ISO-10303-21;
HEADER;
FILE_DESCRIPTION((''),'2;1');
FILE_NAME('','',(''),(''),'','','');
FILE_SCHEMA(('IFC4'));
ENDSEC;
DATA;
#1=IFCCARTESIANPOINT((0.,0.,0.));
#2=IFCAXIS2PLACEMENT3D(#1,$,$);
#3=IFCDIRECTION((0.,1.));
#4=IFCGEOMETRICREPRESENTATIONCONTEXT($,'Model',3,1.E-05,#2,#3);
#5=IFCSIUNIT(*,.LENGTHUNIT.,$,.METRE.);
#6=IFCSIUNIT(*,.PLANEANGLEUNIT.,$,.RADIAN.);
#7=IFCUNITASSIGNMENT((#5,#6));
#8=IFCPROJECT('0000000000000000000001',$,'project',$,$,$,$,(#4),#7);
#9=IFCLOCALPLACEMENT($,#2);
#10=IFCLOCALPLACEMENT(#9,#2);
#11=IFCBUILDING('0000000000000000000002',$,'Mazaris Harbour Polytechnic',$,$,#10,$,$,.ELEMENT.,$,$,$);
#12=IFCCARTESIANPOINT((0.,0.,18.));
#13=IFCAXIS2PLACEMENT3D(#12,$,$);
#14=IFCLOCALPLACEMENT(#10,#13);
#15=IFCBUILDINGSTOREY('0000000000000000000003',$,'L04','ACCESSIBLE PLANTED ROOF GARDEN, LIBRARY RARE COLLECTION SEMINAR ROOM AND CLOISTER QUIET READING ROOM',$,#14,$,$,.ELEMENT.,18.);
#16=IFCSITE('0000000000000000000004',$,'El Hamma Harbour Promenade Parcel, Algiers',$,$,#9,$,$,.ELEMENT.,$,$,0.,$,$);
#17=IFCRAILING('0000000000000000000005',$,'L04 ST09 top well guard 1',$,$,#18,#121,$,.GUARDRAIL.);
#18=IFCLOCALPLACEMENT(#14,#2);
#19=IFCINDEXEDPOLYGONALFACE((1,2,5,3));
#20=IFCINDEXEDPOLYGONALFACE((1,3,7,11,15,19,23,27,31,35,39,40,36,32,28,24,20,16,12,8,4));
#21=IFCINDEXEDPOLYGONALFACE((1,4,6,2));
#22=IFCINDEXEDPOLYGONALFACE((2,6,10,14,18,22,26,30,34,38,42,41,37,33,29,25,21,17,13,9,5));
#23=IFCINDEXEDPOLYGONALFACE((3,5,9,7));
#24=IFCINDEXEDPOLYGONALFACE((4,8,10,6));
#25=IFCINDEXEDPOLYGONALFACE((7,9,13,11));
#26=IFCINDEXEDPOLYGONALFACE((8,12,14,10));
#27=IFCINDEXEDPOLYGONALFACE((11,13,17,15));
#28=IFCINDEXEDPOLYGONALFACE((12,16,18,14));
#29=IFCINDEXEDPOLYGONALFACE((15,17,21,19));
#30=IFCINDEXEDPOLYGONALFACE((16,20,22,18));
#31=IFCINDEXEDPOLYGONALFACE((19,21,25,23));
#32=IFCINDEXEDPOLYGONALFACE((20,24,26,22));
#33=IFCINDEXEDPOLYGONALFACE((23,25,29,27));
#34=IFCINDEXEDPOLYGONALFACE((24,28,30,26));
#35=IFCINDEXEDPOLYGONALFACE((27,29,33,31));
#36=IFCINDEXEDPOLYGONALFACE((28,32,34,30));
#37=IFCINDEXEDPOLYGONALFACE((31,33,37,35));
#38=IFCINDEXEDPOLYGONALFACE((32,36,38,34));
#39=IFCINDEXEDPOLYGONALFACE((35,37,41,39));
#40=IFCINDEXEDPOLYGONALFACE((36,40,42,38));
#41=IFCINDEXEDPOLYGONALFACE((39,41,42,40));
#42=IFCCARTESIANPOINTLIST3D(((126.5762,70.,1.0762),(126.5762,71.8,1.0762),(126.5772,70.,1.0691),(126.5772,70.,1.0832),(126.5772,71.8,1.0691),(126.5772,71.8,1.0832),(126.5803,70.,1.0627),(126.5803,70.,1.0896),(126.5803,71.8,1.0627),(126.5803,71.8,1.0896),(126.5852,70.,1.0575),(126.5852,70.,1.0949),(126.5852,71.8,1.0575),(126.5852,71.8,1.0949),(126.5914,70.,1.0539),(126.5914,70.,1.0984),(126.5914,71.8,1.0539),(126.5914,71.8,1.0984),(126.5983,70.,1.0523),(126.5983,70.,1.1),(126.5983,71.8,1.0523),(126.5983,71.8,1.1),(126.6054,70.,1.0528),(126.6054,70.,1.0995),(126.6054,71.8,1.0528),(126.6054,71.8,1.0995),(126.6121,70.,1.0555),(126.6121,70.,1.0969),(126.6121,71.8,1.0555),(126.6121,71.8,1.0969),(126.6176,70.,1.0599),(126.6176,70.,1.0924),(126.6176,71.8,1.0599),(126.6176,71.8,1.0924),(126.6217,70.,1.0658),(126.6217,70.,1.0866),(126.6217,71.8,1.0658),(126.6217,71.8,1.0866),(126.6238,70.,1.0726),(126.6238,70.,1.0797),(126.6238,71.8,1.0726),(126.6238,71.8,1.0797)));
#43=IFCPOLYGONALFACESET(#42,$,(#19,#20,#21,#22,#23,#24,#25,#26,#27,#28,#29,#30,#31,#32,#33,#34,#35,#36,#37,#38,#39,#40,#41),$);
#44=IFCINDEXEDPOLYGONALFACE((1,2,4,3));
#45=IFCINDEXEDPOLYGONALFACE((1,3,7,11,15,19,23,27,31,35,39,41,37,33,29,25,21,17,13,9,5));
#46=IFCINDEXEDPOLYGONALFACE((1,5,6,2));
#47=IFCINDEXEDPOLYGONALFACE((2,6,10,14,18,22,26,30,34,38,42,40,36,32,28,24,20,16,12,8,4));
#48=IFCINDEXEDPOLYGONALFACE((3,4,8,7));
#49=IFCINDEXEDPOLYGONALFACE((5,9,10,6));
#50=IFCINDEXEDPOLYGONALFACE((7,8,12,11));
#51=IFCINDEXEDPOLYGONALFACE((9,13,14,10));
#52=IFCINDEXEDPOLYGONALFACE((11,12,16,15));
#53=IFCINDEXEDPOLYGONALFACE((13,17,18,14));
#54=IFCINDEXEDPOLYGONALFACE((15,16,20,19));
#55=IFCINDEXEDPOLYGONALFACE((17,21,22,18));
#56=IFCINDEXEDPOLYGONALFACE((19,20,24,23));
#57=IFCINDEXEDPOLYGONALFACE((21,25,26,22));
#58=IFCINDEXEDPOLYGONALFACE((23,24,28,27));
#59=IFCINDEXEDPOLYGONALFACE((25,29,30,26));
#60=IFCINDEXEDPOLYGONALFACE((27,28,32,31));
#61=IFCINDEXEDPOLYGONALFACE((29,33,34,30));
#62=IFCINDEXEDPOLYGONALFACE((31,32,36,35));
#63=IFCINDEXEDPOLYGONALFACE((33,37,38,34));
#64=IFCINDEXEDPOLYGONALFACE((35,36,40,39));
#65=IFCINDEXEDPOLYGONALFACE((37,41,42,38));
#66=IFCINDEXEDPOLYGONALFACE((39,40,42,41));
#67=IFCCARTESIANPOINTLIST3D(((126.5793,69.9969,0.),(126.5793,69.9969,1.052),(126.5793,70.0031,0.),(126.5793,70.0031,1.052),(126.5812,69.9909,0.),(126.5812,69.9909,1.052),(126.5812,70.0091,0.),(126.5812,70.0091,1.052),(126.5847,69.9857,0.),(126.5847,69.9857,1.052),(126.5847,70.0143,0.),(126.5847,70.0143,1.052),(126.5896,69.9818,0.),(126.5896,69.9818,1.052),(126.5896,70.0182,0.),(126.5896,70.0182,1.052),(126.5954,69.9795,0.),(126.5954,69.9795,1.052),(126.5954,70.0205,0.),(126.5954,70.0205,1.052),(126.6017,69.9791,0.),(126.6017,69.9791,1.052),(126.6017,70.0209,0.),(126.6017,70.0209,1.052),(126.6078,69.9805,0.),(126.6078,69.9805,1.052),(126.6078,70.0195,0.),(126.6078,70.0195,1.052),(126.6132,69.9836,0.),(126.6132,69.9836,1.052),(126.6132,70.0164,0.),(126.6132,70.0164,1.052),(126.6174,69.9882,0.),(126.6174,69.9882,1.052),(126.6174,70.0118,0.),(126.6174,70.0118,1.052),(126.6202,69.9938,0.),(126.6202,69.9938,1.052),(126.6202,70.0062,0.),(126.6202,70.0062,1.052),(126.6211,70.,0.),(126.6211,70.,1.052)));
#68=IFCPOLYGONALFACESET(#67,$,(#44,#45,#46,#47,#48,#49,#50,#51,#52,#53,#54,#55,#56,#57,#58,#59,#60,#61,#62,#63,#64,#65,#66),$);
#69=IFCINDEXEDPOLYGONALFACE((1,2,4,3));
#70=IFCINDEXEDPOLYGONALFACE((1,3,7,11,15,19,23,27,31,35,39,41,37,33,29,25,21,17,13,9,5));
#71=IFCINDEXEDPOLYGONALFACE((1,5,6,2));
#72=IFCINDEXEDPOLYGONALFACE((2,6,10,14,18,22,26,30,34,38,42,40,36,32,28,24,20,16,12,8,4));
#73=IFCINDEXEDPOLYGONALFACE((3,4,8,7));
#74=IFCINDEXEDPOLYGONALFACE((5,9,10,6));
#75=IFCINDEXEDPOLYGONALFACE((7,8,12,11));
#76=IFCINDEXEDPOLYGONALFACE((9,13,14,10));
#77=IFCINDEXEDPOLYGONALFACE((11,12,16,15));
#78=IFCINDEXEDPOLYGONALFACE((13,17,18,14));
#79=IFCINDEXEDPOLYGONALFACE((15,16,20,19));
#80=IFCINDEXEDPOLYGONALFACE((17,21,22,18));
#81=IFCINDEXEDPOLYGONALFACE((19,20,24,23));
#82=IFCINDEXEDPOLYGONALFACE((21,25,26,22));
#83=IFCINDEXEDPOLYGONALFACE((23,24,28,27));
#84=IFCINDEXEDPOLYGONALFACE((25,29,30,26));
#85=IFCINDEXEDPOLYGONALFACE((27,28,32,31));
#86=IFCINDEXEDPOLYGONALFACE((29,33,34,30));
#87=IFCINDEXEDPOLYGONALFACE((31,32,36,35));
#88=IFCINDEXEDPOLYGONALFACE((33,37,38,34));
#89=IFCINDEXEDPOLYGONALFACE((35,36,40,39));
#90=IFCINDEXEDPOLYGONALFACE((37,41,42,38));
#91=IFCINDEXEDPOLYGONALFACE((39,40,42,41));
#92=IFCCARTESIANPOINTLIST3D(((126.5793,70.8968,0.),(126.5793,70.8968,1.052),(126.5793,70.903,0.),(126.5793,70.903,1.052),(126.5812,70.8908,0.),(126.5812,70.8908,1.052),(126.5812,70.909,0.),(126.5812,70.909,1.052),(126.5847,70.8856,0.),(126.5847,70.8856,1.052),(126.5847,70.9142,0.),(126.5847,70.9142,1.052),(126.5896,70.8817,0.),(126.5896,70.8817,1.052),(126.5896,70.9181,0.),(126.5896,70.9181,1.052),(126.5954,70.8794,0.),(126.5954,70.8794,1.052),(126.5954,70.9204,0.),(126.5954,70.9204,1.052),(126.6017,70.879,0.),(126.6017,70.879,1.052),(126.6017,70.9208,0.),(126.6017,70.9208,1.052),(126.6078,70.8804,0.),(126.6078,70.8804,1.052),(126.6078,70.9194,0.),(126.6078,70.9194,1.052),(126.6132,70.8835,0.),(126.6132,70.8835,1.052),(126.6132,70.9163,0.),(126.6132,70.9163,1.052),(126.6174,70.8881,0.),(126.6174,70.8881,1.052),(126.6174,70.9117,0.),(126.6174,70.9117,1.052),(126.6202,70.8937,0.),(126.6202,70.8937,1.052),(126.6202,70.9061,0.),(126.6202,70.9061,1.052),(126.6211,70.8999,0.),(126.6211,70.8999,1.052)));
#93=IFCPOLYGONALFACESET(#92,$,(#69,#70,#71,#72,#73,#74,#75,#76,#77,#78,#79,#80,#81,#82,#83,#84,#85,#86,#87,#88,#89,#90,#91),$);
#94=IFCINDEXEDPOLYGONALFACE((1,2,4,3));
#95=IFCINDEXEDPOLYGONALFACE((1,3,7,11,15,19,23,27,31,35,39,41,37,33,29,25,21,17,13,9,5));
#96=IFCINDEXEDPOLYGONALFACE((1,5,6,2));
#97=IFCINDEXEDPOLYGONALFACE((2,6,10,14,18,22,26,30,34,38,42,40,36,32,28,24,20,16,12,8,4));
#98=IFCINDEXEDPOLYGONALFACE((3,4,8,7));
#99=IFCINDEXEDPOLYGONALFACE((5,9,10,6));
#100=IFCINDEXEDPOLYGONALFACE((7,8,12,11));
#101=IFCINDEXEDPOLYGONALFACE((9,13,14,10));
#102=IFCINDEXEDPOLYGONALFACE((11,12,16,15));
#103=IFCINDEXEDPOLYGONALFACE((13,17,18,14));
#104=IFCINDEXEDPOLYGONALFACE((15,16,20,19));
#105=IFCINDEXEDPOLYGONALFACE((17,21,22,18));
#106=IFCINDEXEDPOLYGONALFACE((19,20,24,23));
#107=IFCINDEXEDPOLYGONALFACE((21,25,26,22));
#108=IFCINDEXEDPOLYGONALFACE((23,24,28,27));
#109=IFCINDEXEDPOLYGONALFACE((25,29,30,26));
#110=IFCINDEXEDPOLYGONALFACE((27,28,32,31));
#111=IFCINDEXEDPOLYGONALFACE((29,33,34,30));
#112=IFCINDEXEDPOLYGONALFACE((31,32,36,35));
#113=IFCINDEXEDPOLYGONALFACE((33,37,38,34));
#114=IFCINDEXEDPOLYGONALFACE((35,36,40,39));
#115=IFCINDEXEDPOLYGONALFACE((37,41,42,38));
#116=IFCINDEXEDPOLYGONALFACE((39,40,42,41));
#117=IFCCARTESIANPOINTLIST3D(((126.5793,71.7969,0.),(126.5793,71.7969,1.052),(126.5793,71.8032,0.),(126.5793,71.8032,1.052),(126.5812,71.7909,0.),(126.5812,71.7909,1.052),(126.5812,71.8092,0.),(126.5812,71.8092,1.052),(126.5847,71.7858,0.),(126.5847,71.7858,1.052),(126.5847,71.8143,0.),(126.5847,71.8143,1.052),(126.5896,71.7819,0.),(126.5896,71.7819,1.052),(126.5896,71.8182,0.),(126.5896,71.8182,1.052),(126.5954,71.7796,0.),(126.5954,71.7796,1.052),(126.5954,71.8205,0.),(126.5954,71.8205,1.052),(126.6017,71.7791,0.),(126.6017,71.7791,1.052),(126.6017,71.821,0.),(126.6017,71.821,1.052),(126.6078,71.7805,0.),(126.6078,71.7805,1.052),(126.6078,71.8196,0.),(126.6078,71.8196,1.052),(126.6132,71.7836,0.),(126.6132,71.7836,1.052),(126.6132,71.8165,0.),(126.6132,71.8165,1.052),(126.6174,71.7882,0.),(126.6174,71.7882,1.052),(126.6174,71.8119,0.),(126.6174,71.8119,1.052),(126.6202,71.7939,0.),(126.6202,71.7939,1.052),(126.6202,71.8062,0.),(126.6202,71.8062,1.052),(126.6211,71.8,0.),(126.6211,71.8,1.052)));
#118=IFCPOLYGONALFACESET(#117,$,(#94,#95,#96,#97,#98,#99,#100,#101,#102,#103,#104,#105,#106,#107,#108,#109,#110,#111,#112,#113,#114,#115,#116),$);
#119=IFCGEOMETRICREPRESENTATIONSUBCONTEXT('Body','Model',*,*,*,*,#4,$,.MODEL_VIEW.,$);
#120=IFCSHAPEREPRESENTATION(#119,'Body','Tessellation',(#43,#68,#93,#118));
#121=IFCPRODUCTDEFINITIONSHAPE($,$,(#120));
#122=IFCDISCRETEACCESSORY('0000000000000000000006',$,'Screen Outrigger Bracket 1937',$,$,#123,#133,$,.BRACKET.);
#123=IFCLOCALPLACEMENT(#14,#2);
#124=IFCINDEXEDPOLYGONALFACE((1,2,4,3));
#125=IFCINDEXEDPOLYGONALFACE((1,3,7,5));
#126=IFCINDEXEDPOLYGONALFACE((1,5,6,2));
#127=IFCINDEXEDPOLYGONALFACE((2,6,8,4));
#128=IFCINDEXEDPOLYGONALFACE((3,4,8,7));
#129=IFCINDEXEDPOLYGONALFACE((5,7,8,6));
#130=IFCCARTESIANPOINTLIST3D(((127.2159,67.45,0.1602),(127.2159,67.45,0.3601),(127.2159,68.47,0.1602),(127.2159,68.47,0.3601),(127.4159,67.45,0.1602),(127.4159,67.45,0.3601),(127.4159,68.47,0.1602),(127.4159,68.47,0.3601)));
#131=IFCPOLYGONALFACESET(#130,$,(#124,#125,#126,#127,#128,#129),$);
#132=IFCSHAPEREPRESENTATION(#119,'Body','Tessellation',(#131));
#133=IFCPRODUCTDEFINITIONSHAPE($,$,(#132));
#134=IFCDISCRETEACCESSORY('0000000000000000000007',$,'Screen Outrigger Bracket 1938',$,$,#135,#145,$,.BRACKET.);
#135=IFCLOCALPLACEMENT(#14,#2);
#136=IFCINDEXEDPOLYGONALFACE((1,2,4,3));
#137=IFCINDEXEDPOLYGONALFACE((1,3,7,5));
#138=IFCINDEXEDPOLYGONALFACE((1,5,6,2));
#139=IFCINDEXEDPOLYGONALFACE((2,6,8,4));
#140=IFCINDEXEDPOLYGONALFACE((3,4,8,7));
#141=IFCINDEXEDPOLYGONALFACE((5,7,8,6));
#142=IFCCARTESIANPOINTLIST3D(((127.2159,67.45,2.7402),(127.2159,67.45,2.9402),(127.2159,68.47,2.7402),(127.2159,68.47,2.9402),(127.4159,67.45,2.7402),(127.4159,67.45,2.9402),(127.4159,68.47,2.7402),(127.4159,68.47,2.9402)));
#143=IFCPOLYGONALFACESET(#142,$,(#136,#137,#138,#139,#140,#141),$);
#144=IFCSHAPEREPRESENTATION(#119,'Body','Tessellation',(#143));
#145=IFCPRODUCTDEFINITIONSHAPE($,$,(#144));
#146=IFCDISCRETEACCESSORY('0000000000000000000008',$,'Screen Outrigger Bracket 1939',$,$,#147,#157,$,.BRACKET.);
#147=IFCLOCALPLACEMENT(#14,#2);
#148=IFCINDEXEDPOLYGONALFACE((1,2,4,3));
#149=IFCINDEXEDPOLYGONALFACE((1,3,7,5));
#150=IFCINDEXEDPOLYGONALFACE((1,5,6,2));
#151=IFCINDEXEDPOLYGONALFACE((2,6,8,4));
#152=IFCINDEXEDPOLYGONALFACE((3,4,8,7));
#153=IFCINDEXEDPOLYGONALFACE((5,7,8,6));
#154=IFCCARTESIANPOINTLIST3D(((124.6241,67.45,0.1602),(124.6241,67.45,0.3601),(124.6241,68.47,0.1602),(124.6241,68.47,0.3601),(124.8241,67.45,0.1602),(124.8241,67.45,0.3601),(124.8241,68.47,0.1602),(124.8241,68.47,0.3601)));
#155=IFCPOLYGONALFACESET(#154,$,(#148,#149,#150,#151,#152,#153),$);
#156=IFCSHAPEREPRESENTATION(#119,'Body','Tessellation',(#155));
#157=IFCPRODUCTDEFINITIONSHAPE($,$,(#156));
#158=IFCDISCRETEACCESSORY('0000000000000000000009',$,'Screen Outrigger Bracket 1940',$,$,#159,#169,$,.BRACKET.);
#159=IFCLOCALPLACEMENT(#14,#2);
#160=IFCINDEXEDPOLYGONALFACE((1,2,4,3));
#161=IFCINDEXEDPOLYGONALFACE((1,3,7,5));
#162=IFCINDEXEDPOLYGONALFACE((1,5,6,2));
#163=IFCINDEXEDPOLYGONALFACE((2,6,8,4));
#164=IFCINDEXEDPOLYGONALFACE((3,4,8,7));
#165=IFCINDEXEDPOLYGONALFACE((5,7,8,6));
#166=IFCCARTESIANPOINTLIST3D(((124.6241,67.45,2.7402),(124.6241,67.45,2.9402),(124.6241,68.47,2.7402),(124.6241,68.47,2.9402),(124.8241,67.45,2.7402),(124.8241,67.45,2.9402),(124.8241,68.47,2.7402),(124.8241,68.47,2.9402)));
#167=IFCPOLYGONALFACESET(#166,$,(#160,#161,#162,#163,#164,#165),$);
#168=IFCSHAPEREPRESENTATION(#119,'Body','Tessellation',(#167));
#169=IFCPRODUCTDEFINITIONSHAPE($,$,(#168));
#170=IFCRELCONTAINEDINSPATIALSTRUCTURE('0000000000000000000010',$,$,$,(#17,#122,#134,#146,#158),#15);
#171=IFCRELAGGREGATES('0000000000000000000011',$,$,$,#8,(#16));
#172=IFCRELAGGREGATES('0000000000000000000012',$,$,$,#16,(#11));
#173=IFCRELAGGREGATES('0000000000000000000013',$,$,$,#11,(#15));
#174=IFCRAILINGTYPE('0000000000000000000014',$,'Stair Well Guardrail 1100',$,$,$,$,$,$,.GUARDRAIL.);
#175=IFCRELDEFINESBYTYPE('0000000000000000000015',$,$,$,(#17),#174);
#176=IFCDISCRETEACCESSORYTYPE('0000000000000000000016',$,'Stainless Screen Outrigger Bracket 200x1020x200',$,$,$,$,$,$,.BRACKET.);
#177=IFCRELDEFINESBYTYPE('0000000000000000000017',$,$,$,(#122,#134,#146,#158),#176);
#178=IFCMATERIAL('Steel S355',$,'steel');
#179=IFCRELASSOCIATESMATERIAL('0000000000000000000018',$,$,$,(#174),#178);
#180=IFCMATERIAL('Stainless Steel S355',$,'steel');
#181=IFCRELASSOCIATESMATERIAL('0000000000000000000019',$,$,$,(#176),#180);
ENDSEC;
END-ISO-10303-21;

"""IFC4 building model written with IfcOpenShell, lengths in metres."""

from ifc_helpers import new_model, si_unit, direction, frame, origin, origin_2d, place, context, subcontext, project, spatial, rectangle, circle, extrude, material, type_object, element, save


model = new_model("IFC4")

# Units and contexts
model_context = context("Model", 3, precision=1e-05, world=origin(), true_north=direction((0.0, 1.0)))
body_context = subcontext(model_context, "Body", "Model", "MODEL_VIEW")
ifc_project = project(units=[si_unit("LENGTHUNIT", "METRE"), si_unit("PLANEANGLEUNIT", "RADIAN")], contexts=[model_context])

# Site, building, storey
site_placement = place(None, origin())
site = spatial("IfcSite", under=ifc_project, at=site_placement, Name="El Hamma Harbour Promenade Parcel, Algiers", CompositionType="ELEMENT", RefElevation=0.0)
building_placement = place(site_placement, origin())
building = spatial("IfcBuilding", under=site, at=building_placement, Name="Mazaris Harbour Polytechnic", CompositionType="ELEMENT")
storey_placement = place(building_placement, frame((0.0, 0.0, 18.0)))
storey = spatial("IfcBuildingStorey", under=building, at=storey_placement, Name="L04", Description="ACCESSIBLE PLANTED ROOF GARDEN, LIBRARY RARE COLLECTION SEMINAR ROOM AND CLOISTER QUIET READING ROOM", CompositionType="ELEMENT", Elevation=18.0)

# Railing
ifc_material_1 = material(Name="Steel S355", Category="steel")
railing_type_1 = type_object("IfcRailingType", Name="Stair Well Guardrail 1100", PredefinedType="GUARDRAIL", material=ifc_material_1)
railing_1_placement = place(storey_placement, frame((126.6001, 70.0, 0.0)))
element("IfcRailing", 1, at=railing_1_placement, inside=storey, type_object=railing_type_1, Name="L04 ST09 top well guard 1", PredefinedType="GUARDRAIL", context=body_context, shape_type="SweptSolid", body=[
    extrude(circle(Radius=0.0239, at=origin_2d()), frame((0.0, 0.0, 1.0762), z_axis=(0.0, 1.0, 0.0), x_axis=(-1.0, 0.0, 0.0)), (0.0, 0.0, 1.0), 1.8),
    extrude(circle(Radius=0.021, at=origin_2d()), origin(), (0.0, 0.0, 1.0), 1.052),
    extrude(circle(Radius=0.021, at=origin_2d()), frame((0.0, 0.8999, 0.0)), (0.0, 0.0, 1.0), 1.052),
    extrude(circle(Radius=0.021, at=origin_2d()), frame((0.0, 1.8, 0.0)), (0.0, 0.0, 1.0), 1.052),
])

# Discrete accessories
ifc_material_2 = material(Name="Stainless Steel S355", Category="steel")
discrete_accessory_type = type_object("IfcDiscreteAccessoryType", Name="Stainless Screen Outrigger Bracket 200x1020x200", PredefinedType="BRACKET", material=ifc_material_2)
for number, where, z_axis, x_axis, name in (
    (2, (127.3159, 67.96, 0.1602), (0.0, 0.0, 1.0), (-1.0, 0.0, 0.0), "Screen Outrigger Bracket 1937"),
    (3, (127.3159, 67.96, 2.7402), (0.0, 0.0, 1.0), (-1.0, 0.0, 0.0), "Screen Outrigger Bracket 1938"),
    (4, (124.7241, 67.96, 0.1602), (0.0, 0.0, 1.0), (-1.0, 0.0, 0.0), "Screen Outrigger Bracket 1939"),
    (5, (124.7241, 67.96, 2.7402), (0.0, 0.0, 1.0), (-1.0, 0.0, 0.0), "Screen Outrigger Bracket 1940"),
):
    element("IfcDiscreteAccessory", number, at=place(storey_placement, frame(where, z_axis=z_axis, x_axis=x_axis)), inside=storey, type_object=discrete_accessory_type, Name=name, PredefinedType="BRACKET", context=body_context, shape_type="SweptSolid", body=[
        extrude(rectangle(XDim=0.2, YDim=1.02, at=origin_2d()), origin(), (0.0, 0.0, 1.0), 0.2),
    ])

save(model, "model.ifc")
